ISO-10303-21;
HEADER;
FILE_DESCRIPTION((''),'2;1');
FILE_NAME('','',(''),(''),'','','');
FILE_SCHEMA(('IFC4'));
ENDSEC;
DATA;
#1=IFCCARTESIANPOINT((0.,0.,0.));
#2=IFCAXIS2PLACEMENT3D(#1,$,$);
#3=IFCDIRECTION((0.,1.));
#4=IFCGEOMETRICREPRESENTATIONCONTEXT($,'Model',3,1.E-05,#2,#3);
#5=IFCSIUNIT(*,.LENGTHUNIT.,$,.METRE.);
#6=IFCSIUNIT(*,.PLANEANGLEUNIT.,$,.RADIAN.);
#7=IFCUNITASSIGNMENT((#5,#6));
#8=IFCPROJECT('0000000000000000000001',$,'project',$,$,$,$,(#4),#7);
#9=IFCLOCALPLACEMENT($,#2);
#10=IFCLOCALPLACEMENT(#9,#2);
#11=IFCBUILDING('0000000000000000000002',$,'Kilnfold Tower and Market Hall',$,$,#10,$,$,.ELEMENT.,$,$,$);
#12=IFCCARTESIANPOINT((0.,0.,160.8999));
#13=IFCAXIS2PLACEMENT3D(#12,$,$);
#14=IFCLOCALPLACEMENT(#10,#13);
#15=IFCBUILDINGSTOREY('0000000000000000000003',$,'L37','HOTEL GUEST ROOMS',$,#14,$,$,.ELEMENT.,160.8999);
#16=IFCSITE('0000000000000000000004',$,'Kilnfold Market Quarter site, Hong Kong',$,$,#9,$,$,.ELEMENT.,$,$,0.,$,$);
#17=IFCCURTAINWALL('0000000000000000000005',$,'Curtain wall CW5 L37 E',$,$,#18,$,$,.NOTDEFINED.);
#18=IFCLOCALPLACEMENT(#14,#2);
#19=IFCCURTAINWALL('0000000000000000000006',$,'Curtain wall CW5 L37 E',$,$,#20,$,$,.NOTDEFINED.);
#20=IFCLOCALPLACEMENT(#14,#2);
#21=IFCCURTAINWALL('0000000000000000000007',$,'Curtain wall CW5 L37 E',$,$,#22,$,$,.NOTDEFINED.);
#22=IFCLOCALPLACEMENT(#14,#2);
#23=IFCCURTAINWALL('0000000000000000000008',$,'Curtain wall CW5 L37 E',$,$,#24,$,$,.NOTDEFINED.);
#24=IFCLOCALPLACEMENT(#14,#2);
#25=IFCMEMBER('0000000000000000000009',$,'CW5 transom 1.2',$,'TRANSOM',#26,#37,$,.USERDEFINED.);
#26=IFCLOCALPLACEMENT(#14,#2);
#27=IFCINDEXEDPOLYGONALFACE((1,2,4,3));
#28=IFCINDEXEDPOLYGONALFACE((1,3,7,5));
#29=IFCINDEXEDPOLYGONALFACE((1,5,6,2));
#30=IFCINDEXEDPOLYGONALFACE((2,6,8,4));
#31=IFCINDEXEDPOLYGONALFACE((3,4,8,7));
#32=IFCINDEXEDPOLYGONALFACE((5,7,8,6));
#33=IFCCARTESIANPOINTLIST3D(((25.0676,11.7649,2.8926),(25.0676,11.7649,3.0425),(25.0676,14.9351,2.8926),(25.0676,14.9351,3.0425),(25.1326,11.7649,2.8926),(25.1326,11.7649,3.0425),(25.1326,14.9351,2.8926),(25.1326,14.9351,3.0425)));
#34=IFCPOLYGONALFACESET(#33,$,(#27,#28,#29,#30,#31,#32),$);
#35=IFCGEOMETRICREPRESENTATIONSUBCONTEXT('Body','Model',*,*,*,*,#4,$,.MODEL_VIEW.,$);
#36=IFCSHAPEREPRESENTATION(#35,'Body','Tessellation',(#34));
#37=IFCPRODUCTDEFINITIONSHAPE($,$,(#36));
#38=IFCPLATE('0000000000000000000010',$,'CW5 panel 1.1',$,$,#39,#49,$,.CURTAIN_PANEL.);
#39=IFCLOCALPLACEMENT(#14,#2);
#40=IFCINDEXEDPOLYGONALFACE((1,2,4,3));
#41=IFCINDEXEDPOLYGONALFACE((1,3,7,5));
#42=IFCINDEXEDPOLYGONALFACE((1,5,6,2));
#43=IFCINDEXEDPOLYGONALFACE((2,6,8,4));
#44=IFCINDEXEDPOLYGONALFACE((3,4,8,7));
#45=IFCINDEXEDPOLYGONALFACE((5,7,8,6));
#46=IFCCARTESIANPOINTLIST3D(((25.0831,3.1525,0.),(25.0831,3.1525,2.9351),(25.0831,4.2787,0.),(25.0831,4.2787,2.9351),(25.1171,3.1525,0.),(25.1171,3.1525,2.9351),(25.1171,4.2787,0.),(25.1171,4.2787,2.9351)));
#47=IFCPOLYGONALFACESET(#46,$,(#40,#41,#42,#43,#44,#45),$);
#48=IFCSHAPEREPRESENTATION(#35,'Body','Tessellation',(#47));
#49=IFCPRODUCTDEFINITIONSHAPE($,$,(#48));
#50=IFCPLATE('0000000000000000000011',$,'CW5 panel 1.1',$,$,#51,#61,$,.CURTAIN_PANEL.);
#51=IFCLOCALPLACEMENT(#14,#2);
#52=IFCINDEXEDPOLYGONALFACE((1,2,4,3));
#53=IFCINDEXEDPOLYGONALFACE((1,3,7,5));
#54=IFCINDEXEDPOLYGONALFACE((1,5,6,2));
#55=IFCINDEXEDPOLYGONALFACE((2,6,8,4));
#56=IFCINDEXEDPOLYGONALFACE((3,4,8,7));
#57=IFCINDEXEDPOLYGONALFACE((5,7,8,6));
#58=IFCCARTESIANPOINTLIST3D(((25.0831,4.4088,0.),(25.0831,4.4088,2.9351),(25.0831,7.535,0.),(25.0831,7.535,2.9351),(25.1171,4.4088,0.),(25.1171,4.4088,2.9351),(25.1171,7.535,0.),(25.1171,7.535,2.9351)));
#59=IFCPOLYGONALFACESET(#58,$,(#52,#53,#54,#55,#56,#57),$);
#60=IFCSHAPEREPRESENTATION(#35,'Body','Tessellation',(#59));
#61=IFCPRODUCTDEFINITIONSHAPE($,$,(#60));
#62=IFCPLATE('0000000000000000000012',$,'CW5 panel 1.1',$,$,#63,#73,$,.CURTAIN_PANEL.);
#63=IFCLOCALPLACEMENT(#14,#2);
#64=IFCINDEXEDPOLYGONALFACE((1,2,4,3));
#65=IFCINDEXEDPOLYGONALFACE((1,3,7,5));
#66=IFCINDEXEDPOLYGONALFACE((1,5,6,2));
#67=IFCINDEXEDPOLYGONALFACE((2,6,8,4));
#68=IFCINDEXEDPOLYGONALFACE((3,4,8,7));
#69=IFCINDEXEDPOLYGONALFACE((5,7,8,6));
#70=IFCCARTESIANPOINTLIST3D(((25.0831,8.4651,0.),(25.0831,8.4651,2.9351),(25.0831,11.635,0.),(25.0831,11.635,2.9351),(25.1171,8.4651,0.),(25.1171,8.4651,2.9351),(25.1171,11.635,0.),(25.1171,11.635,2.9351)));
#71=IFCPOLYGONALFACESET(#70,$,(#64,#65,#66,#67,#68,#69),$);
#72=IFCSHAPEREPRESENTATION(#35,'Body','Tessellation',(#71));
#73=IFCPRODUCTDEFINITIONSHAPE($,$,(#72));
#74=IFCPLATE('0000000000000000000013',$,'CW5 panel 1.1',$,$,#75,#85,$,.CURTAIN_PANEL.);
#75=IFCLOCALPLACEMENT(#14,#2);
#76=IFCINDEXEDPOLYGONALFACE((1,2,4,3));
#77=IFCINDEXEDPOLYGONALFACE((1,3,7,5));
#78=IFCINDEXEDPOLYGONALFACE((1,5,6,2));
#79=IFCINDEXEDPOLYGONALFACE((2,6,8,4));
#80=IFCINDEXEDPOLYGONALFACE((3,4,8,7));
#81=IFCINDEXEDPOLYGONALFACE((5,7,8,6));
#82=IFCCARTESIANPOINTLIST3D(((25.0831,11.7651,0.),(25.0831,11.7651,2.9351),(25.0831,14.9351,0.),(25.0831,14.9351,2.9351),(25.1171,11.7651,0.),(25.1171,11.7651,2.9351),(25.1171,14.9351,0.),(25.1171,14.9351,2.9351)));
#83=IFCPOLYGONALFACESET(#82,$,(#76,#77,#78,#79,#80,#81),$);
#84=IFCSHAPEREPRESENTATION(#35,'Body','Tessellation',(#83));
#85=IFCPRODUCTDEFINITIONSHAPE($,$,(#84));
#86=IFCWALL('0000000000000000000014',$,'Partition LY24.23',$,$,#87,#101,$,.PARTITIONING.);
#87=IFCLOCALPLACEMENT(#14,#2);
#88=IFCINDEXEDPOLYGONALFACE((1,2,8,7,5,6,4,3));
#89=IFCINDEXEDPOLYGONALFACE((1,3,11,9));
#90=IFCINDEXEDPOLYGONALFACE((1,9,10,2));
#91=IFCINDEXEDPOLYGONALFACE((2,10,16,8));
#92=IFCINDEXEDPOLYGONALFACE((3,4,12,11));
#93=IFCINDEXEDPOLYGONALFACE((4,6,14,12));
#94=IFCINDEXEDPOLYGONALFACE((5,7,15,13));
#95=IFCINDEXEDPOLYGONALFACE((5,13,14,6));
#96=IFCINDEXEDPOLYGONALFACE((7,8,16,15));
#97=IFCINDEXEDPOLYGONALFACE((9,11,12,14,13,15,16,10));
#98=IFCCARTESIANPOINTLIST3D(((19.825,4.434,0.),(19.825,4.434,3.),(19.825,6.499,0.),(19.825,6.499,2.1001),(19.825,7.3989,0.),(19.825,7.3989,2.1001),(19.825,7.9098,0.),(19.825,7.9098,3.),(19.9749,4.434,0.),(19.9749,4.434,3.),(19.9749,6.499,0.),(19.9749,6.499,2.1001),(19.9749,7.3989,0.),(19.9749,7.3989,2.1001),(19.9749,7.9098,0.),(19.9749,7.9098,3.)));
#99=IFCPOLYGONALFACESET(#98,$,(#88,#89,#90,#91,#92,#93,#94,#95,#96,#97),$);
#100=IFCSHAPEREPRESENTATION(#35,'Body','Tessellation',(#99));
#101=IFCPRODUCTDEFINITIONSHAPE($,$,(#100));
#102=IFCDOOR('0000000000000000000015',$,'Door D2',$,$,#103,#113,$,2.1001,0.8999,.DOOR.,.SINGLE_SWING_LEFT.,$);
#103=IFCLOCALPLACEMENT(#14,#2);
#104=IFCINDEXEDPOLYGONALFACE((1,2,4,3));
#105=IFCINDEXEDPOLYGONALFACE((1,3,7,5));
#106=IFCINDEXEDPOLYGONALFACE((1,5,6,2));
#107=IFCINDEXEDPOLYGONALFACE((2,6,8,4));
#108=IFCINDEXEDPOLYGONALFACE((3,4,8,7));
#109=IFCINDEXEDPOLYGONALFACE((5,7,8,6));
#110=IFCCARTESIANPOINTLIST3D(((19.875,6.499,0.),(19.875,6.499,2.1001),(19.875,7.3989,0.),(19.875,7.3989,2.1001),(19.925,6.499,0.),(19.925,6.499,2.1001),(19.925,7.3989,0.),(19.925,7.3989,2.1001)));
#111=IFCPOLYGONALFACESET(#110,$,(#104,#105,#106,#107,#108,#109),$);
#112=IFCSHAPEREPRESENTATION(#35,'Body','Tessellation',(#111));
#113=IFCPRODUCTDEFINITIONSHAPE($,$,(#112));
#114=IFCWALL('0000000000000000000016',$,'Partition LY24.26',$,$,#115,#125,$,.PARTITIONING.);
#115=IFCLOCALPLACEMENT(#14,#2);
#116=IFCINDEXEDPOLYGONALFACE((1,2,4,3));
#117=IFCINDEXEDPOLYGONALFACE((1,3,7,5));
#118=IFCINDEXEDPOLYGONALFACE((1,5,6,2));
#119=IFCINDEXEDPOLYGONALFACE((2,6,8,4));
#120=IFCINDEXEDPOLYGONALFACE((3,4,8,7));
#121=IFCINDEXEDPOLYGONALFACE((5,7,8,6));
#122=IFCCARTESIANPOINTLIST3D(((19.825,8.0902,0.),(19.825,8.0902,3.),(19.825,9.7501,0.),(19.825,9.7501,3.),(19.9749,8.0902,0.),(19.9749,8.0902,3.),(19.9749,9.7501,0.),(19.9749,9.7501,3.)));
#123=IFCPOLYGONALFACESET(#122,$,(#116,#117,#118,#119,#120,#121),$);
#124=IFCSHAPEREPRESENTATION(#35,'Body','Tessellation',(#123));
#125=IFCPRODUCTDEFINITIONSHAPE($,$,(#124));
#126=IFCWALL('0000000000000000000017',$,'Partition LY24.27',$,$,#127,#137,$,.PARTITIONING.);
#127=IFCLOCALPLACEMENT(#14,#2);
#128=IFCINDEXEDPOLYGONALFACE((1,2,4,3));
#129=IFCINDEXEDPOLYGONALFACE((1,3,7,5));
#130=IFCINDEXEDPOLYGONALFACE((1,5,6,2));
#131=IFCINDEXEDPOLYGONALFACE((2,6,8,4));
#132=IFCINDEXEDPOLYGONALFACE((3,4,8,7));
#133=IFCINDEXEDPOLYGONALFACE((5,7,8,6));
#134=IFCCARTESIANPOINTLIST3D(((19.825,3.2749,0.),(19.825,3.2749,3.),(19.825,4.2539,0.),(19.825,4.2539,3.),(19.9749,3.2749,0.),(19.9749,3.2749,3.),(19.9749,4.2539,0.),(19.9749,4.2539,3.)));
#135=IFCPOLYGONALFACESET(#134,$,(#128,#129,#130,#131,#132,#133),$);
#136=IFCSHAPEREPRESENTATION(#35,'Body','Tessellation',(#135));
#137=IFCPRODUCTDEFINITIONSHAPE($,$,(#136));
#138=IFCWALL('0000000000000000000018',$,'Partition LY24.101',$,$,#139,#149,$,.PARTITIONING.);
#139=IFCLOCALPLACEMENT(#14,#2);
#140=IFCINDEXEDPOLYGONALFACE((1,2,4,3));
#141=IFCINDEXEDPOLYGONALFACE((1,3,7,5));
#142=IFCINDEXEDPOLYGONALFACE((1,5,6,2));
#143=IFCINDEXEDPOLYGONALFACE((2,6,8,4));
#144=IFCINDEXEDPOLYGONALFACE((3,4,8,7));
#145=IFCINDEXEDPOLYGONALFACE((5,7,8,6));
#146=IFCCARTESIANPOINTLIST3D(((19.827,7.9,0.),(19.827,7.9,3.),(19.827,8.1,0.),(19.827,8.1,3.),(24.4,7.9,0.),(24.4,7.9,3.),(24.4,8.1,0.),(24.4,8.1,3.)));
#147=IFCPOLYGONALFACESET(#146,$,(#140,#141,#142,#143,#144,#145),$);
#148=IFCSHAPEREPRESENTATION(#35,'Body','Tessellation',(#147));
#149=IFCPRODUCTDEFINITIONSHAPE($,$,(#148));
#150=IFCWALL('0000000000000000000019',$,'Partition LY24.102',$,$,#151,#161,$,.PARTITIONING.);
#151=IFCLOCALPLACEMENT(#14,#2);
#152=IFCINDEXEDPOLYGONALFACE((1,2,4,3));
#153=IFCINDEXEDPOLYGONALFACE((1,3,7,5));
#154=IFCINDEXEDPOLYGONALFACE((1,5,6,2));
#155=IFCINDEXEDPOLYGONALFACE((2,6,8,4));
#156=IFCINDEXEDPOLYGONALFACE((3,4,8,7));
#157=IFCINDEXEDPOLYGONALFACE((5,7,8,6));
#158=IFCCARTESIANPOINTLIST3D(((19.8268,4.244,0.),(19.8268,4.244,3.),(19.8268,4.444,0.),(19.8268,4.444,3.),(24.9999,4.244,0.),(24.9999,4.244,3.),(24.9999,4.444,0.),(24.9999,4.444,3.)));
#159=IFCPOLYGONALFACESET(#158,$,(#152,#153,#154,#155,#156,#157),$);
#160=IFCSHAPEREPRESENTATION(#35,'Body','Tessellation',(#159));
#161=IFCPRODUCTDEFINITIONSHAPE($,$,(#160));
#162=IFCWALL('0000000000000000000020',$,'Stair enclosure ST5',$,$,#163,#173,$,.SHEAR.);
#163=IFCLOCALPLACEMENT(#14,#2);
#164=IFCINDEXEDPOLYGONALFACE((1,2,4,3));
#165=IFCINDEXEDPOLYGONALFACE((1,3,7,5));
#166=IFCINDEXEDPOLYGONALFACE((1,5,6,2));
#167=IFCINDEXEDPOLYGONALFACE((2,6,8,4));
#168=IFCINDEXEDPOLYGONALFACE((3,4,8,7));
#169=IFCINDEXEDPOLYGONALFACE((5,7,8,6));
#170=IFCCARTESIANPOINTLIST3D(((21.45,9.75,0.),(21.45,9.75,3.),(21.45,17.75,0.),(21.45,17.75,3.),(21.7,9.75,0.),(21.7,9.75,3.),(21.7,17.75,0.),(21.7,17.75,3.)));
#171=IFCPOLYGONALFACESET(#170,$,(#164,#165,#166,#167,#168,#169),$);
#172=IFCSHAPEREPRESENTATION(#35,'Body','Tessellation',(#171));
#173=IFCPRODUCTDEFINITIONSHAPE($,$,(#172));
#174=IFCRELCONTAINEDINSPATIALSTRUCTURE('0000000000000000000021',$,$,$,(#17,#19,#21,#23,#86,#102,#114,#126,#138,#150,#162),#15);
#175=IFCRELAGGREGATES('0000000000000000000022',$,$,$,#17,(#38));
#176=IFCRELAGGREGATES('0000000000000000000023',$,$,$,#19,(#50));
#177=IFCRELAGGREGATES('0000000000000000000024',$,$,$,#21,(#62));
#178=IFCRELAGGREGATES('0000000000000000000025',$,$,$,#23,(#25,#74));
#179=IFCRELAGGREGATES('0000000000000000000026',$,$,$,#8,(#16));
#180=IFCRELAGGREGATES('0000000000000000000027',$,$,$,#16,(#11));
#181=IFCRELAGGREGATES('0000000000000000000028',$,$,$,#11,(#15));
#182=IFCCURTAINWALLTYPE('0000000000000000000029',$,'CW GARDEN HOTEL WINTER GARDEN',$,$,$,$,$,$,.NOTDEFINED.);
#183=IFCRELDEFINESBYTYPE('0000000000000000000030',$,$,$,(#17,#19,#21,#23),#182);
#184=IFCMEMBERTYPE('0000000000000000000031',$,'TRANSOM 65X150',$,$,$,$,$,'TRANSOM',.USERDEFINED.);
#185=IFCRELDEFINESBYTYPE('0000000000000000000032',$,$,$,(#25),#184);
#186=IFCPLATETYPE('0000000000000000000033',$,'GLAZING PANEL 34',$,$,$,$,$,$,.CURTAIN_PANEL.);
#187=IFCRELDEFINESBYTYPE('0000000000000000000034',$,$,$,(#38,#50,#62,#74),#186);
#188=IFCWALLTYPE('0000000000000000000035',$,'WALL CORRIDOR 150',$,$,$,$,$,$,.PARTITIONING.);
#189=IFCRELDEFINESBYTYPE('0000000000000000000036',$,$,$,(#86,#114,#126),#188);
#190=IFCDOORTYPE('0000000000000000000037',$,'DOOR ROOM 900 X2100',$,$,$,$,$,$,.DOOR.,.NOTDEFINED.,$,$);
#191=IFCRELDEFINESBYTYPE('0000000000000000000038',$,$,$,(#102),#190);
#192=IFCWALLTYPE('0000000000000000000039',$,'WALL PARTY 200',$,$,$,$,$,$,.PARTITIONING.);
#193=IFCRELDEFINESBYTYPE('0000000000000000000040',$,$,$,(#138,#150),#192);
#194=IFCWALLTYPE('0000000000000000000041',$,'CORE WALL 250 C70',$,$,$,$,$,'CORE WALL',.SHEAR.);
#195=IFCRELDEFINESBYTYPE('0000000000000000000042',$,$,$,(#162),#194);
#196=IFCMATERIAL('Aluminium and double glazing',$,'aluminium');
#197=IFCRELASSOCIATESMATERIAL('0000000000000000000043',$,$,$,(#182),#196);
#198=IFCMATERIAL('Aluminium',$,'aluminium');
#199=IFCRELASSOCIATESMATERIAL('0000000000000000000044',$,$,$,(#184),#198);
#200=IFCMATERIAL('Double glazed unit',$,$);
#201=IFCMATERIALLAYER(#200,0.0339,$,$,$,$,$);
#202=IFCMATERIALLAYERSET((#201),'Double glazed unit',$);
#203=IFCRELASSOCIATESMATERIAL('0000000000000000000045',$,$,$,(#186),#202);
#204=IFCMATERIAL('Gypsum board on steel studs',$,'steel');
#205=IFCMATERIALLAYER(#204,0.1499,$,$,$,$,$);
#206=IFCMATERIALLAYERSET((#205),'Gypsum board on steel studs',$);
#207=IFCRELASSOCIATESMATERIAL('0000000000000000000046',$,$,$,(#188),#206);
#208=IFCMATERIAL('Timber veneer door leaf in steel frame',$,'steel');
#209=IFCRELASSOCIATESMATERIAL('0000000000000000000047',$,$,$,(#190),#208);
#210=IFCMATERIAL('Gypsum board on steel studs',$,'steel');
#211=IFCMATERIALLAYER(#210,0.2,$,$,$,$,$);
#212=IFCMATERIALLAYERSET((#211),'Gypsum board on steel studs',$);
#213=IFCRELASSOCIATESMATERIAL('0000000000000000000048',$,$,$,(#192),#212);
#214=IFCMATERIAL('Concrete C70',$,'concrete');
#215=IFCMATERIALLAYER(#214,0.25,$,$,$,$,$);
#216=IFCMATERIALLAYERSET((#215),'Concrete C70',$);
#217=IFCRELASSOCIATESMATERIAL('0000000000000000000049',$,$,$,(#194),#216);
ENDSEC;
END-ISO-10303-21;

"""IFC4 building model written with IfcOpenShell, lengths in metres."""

from ifc_helpers import new_model, si_unit, direction, frame, frame_2d, origin, origin_2d, place, context, subcontext, project, spatial, rectangle, extrude, source, transform, mapped, material, layer, layer_set, material_profile, profile_set, type_object, element, fill, aggregate, save


model = new_model("IFC4")

# Units and contexts
model_context = context("Model", 3, precision=1e-05, world=origin(), true_north=direction((0.0, 1.0)))
body_context = subcontext(model_context, "Body", "Model", "MODEL_VIEW")
ifc_project = project(units=[si_unit("LENGTHUNIT", "METRE"), si_unit("PLANEANGLEUNIT", "RADIAN")], contexts=[model_context])

# Site, building, storey
site_placement = place(None, origin())
site = spatial("IfcSite", under=ifc_project, at=site_placement, Name="Kilnfold Market Quarter site, Hong Kong", CompositionType="ELEMENT", RefElevation=0.0)
building_placement = place(site_placement, origin())
building = spatial("IfcBuilding", under=site, at=building_placement, Name="Kilnfold Tower and Market Hall", CompositionType="ELEMENT")
storey_placement = place(building_placement, frame((0.0, 0.0, 160.8999)))
storey = spatial("IfcBuildingStorey", under=building, at=storey_placement, Name="L37", Description="HOTEL GUEST ROOMS", CompositionType="ELEMENT", Elevation=160.8999)

# Curtain walls
ifc_material_1 = material(Name="Aluminium and double glazing", Category="aluminium")
curtain_wall_type = type_object("IfcCurtainWallType", Name="CW GARDEN HOTEL WINTER GARDEN", PredefinedType="NOTDEFINED", material=ifc_material_1)
curtain_wall_1_placement = place(storey_placement, origin())
curtain_wall_1 = element("IfcCurtainWall", 1, at=curtain_wall_1_placement, inside=storey, type_object=curtain_wall_type, Name="Curtain wall CW5 L37 E", PredefinedType="NOTDEFINED")
curtain_wall_2_placement = place(storey_placement, origin())
curtain_wall_2 = element("IfcCurtainWall", 2, at=curtain_wall_2_placement, inside=storey, type_object=curtain_wall_type, Name="Curtain wall CW5 L37 E", PredefinedType="NOTDEFINED")
curtain_wall_3_placement = place(storey_placement, origin())
curtain_wall_3 = element("IfcCurtainWall", 3, at=curtain_wall_3_placement, inside=storey, type_object=curtain_wall_type, Name="Curtain wall CW5 L37 E", PredefinedType="NOTDEFINED")

# Curtain wall
curtain_wall_4_placement = place(storey_placement, origin())
curtain_wall_4 = element("IfcCurtainWall", 4, at=curtain_wall_4_placement, inside=storey, type_object=curtain_wall_type, Name="Curtain wall CW5 L37 E", PredefinedType="NOTDEFINED")

# Member
ifc_material_2 = material(Name="Aluminium", Category="aluminium")
ifc_material_profile_1 = material_profile(ifc_material_2, rectangle(XDim=0.0649, YDim=0.1499, at=origin_2d()), Name="TRANSOM 65x150")
ifc_profile_set_1 = profile_set([ifc_material_profile_1], Name="Aluminium")
member_type_1 = type_object("IfcMemberType", Name="TRANSOM 65X150", ElementType="TRANSOM", PredefinedType="USERDEFINED", material=ifc_profile_set_1)
shared_shape_1 = source(origin(), body_context, "Body", "SweptSolid", [
    extrude(rectangle(XDim=0.0649, YDim=0.1499, at=origin_2d()), origin(), (0.0, 0.0, 1.0), 3.1702),
])
member_1_placement = place(storey_placement, frame((25.1001, 11.7649, 2.9675), z_axis=(0.0, 1.0, 0.0), x_axis=(-1.0, 0.0, 0.0)))
member_1 = element("IfcMember", 5, at=member_1_placement, type_object=member_type_1, Name="CW5 transom 1.2", ObjectType="TRANSOM", PredefinedType="USERDEFINED", context=body_context, shape_type="MappedRepresentation", body=[
    mapped(shared_shape_1, transform((0.0, 0.0, 0.0))),
])

# Plates
ifc_material_3 = material(Name="Double glazed unit")
ifc_layer_1 = layer(ifc_material_3, 0.0339)
ifc_layer_set_1 = layer_set([ifc_layer_1], Name="Double glazed unit")
plate_type = type_object("IfcPlateType", Name="GLAZING PANEL 34", PredefinedType="CURTAIN_PANEL", material=ifc_layer_set_1)
shared_shape_2 = source(origin(), body_context, "Body", "SweptSolid", [
    extrude(rectangle(XDim=1.1262, YDim=0.0339, at=origin_2d()), origin(), (0.0, 0.0, 1.0), 2.9351),
])
plate_1_placement = place(storey_placement, frame((25.1001, 3.7156, 0.0), z_axis=(0.0, 0.0, 1.0), x_axis=(0.0, 1.0, 0.0)))
plate_1 = element("IfcPlate", 6, at=plate_1_placement, type_object=plate_type, Name="CW5 panel 1.1", PredefinedType="CURTAIN_PANEL", context=body_context, shape_type="MappedRepresentation", body=[
    mapped(shared_shape_2, transform((0.0, 0.0, 0.0))),
])
aggregate(curtain_wall_1, [plate_1])
shared_shape_3 = source(origin(), body_context, "Body", "SweptSolid", [
    extrude(rectangle(XDim=3.1262, YDim=0.0339, at=origin_2d()), origin(), (0.0, 0.0, 1.0), 2.9351),
])
plate_2_placement = place(storey_placement, frame((25.1001, 5.9719, 0.0), z_axis=(0.0, 0.0, 1.0), x_axis=(0.0, 1.0, 0.0)))
plate_2 = element("IfcPlate", 7, at=plate_2_placement, type_object=plate_type, Name="CW5 panel 1.1", PredefinedType="CURTAIN_PANEL", context=body_context, shape_type="MappedRepresentation", body=[
    mapped(shared_shape_3, transform((0.0, 0.0, 0.0))),
])
aggregate(curtain_wall_2, [plate_2])
shared_shape_4 = source(origin(), body_context, "Body", "SweptSolid", [
    extrude(rectangle(XDim=3.1699, YDim=0.0339, at=origin_2d()), origin(), (0.0, 0.0, 1.0), 2.9351),
])
plate_3_placement = place(storey_placement, frame((25.1001, 10.05, 0.0), z_axis=(0.0, 0.0, 1.0), x_axis=(0.0, 1.0, 0.0)))
plate_3 = element("IfcPlate", 8, at=plate_3_placement, type_object=plate_type, Name="CW5 panel 1.1", PredefinedType="CURTAIN_PANEL", context=body_context, shape_type="MappedRepresentation", body=[
    mapped(shared_shape_4, transform((0.0, 0.0, 0.0))),
])
aggregate(curtain_wall_3, [plate_3])
plate_4_placement = place(storey_placement, frame((25.1001, 13.3501, 0.0), z_axis=(0.0, 0.0, 1.0), x_axis=(0.0, 1.0, 0.0)))
plate_4 = element("IfcPlate", 9, at=plate_4_placement, type_object=plate_type, Name="CW5 panel 1.1", PredefinedType="CURTAIN_PANEL", context=body_context, shape_type="MappedRepresentation", body=[
    mapped(shared_shape_4, transform((0.0, 0.0, 0.0))),
])
aggregate(curtain_wall_4, [member_1, plate_4])

# Wall, opening, door
ifc_material_4 = material(Name="Gypsum board on steel studs", Category="steel")
ifc_layer_2 = layer(ifc_material_4, 0.1499)
ifc_layer_set_2 = layer_set([ifc_layer_2], Name="Gypsum board on steel studs")
wall_type_1 = type_object("IfcWallType", Name="WALL CORRIDOR 150", PredefinedType="PARTITIONING", material=ifc_layer_set_2)
wall_1_placement = place(storey_placement, frame((19.8999, 4.4341, 0.0), z_axis=(0.0, 0.0, 1.0), x_axis=(0.0, 1.0, 0.0)))
wall_1 = element("IfcWall", 10, at=wall_1_placement, inside=storey, type_object=wall_type_1, Name="Partition LY24.23", PredefinedType="PARTITIONING", context=body_context, shape_type="SweptSolid", body=[
    extrude(rectangle(XDim=3.4758, YDim=0.1499, at=frame_2d((1.7378, 0.0))), origin(), (0.0, 0.0, 1.0), 3.0),
])
opening_1_placement = place(wall_1_placement, frame((2.0649, 0.0, 0.0)))
opening_1 = element("IfcOpeningElement", 11, at=opening_1_placement, cuts=wall_1, PredefinedType="OPENING", context=body_context, shape_type="SweptSolid", body=[
    extrude(rectangle(XDim=0.8999, YDim=2.1001, at=frame_2d((0.45, 1.05))), frame((0.0, 0.085, 0.0), z_axis=(0.0, -1.0, 0.0), x_axis=(1.0, 0.0, 0.0)), (0.0, 0.0, 1.0), 0.1699),
])
ifc_material_5 = material(Name="Timber veneer door leaf in steel frame", Category="steel")
door_type_1 = type_object("IfcDoorType", Name="DOOR ROOM 900 X2100", OperationType="NOTDEFINED", PredefinedType="DOOR", material=ifc_material_5)
door_1_placement = place(opening_1_placement, origin())
door_1 = element("IfcDoor", 12, at=door_1_placement, inside=storey, type_object=door_type_1, Name="Door D2", OperationType="SINGLE_SWING_LEFT", OverallHeight=2.1001, OverallWidth=0.8999, PredefinedType="DOOR", context=body_context, shape_type="SweptSolid", body=[
    extrude(rectangle(XDim=0.8999, YDim=2.1001, at=frame_2d((0.45, 1.05))), frame((0.0, 0.0249, 0.0), z_axis=(0.0, -1.0, 0.0), x_axis=(1.0, 0.0, 0.0)), (0.0, 0.0, 1.0), 0.05),
])
fill(opening_1, door_1)

# Walls
wall_2_placement = place(storey_placement, frame((19.8999, 8.0901, 0.0), z_axis=(0.0, 0.0, 1.0), x_axis=(0.0, 1.0, 0.0)))
element("IfcWall", 13, at=wall_2_placement, inside=storey, type_object=wall_type_1, Name="Partition LY24.26", PredefinedType="PARTITIONING", context=body_context, shape_type="SweptSolid", body=[
    extrude(rectangle(XDim=1.6599, YDim=0.1499, at=frame_2d((0.8301, 0.0))), origin(), (0.0, 0.0, 1.0), 3.0),
])
wall_3_placement = place(storey_placement, frame((19.8999, 3.2749, 0.0), z_axis=(0.0, 0.0, 1.0), x_axis=(0.0, 1.0, 0.0)))
element("IfcWall", 14, at=wall_3_placement, inside=storey, type_object=wall_type_1, Name="Partition LY24.27", PredefinedType="PARTITIONING", context=body_context, shape_type="SweptSolid", body=[
    extrude(rectangle(XDim=0.979, YDim=0.1499, at=frame_2d((0.4895, 0.0))), origin(), (0.0, 0.0, 1.0), 3.0),
])
ifc_material_6 = material(Name="Gypsum board on steel studs", Category="steel")
ifc_layer_3 = layer(ifc_material_6, 0.2)
ifc_layer_set_3 = layer_set([ifc_layer_3], Name="Gypsum board on steel studs")
wall_type_2 = type_object("IfcWallType", Name="WALL PARTY 200", PredefinedType="PARTITIONING", material=ifc_layer_set_3)
wall_4_placement = place(storey_placement, frame((19.8269, 8.0, 0.0), z_axis=(0.0, 0.0, 1.0), x_axis=(1.0, 0.0, 0.0)))
element("IfcWall", 15, at=wall_4_placement, inside=storey, type_object=wall_type_2, Name="Partition LY24.101", PredefinedType="PARTITIONING", context=body_context, shape_type="SweptSolid", body=[
    extrude(rectangle(XDim=4.573, YDim=0.2, at=frame_2d((2.2866, 0.0))), origin(), (0.0, 0.0, 1.0), 3.0),
])
wall_5_placement = place(storey_placement, frame((19.8269, 4.344, 0.0), z_axis=(0.0, 0.0, 1.0), x_axis=(1.0, 0.0, 0.0)))
element("IfcWall", 16, at=wall_5_placement, inside=storey, type_object=wall_type_2, Name="Partition LY24.102", PredefinedType="PARTITIONING", context=body_context, shape_type="SweptSolid", body=[
    extrude(rectangle(XDim=5.1731, YDim=0.2, at=frame_2d((2.5864, 0.0))), origin(), (0.0, 0.0, 1.0), 3.0),
])
ifc_material_7 = material(Name="Concrete C70", Category="concrete")
ifc_layer_4 = layer(ifc_material_7, 0.25)
ifc_layer_set_4 = layer_set([ifc_layer_4], Name="Concrete C70")
wall_type_3 = type_object("IfcWallType", Name="CORE WALL 250 C70", ElementType="CORE WALL", PredefinedType="SHEAR", material=ifc_layer_set_4)
shared_shape_5 = source(origin(), body_context, "Body", "SweptSolid", [
    extrude(rectangle(XDim=8.0, YDim=0.25, at=frame_2d((4.0, 0.0))), origin(), (0.0, 0.0, 1.0), 3.0),
])
wall_6_placement = place(storey_placement, frame((21.575, 9.75, 0.0), z_axis=(0.0, 0.0, 1.0), x_axis=(0.0, 1.0, 0.0)))
element("IfcWall", 17, at=wall_6_placement, inside=storey, type_object=wall_type_3, Name="Stair enclosure ST5", PredefinedType="SHEAR", context=body_context, shape_type="MappedRepresentation", body=[
    mapped(shared_shape_5, transform((0.0, 0.0, 0.0))),
])

save(model, "model.ifc")
